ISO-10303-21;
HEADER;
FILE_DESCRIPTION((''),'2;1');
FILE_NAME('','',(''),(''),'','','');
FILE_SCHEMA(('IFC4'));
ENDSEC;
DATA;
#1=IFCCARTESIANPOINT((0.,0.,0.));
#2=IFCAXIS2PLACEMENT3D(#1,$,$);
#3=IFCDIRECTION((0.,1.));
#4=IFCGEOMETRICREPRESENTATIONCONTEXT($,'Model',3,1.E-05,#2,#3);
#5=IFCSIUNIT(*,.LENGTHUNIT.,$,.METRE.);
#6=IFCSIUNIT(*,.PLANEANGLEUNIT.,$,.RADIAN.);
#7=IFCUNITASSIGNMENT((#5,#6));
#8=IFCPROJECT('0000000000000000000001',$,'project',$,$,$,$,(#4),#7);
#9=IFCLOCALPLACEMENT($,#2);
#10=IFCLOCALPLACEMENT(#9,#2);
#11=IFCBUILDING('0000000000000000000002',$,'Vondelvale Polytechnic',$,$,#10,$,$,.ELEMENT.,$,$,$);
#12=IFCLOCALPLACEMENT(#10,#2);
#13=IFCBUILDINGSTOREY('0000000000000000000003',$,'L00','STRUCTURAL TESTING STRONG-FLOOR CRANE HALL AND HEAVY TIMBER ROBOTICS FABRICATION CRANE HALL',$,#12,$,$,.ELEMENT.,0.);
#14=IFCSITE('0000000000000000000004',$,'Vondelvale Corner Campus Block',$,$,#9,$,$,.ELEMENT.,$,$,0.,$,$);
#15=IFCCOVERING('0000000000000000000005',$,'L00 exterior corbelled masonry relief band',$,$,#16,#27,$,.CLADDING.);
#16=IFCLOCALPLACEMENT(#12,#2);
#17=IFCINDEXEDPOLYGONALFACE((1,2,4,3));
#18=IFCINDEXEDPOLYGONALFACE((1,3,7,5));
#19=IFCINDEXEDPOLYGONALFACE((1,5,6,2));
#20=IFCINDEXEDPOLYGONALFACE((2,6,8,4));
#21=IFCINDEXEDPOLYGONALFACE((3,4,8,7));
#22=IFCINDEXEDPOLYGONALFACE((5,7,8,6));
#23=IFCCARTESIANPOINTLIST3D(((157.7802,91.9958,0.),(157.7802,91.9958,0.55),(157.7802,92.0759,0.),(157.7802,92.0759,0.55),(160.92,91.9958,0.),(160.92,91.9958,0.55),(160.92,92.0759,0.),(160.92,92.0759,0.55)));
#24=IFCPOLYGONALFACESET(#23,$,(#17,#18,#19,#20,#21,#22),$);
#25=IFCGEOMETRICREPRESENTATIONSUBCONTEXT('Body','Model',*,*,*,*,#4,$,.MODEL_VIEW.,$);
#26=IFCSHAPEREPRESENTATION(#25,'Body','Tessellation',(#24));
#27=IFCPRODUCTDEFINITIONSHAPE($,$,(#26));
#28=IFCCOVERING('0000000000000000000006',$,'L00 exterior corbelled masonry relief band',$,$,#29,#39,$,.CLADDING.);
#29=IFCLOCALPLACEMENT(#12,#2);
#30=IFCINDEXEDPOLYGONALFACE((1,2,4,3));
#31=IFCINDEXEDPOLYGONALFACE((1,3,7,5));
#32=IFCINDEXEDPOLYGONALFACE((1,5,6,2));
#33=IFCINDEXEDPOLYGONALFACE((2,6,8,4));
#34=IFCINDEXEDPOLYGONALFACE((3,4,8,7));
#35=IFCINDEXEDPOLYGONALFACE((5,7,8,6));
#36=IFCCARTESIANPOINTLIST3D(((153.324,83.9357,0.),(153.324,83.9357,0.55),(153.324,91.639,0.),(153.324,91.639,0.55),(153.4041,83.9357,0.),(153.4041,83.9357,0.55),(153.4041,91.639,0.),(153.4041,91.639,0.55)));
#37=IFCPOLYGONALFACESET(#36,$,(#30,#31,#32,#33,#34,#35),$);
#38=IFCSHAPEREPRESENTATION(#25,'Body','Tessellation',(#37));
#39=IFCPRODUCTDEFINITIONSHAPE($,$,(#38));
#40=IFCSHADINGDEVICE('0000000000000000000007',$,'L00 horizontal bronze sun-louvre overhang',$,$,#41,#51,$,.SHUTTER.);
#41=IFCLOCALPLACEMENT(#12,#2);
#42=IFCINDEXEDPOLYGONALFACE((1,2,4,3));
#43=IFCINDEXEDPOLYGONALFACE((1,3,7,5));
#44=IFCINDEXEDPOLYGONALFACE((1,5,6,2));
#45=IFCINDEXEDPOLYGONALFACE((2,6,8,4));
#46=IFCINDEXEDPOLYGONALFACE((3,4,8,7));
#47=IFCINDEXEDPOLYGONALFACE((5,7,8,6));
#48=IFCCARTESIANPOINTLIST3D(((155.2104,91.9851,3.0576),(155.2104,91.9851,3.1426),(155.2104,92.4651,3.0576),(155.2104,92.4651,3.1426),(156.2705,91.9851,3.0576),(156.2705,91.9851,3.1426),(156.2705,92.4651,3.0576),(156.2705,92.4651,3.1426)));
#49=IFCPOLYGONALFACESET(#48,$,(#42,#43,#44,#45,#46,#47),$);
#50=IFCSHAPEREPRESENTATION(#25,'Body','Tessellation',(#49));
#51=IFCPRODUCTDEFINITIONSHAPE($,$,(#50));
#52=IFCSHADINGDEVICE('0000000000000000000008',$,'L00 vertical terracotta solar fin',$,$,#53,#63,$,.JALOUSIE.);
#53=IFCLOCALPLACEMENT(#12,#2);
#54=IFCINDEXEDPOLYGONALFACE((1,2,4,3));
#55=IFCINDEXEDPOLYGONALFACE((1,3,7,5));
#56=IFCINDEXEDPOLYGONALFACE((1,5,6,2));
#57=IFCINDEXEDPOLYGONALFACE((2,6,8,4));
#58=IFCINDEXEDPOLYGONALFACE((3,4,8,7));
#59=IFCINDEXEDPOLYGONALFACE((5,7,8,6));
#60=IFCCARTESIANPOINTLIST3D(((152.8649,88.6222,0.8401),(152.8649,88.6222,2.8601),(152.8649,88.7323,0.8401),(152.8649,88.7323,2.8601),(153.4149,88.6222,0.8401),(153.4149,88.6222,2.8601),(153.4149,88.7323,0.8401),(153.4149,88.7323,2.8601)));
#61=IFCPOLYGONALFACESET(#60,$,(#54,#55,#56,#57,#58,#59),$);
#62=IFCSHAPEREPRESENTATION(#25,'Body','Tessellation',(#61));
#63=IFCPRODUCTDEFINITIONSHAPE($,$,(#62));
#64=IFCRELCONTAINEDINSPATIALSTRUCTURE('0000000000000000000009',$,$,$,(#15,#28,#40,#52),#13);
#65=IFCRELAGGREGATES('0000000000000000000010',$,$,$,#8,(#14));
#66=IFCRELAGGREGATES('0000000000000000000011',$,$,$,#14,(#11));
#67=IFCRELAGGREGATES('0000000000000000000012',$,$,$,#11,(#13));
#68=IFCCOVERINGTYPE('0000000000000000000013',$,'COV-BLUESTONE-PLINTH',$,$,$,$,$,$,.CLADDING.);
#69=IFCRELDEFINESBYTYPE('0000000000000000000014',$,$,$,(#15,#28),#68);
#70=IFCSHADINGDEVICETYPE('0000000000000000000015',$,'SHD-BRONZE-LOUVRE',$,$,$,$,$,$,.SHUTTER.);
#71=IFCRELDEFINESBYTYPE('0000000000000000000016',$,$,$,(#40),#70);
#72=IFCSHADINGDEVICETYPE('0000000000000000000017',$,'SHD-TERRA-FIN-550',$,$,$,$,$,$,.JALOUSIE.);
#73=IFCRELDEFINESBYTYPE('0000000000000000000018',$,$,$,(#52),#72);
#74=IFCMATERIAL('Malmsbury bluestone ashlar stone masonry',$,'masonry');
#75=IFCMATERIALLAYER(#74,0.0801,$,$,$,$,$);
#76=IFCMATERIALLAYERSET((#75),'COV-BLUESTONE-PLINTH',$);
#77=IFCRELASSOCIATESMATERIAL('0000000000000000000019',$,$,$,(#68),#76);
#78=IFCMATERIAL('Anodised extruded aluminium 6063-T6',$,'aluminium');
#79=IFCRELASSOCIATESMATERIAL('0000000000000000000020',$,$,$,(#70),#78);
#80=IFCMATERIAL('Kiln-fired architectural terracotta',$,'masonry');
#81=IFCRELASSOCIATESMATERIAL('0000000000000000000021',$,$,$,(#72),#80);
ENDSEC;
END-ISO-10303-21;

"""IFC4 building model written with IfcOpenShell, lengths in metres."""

from ifc_helpers import new_model, si_unit, direction, frame, origin, origin_2d, place, context, subcontext, project, spatial, rectangle, extrude, material, layer, layer_set, type_object, element, save


model = new_model("IFC4")

# Units and contexts
model_context = context("Model", 3, precision=1e-05, world=origin(), true_north=direction((0.0, 1.0)))
body_context = subcontext(model_context, "Body", "Model", "MODEL_VIEW")
ifc_project = project(units=[si_unit("LENGTHUNIT", "METRE"), si_unit("PLANEANGLEUNIT", "RADIAN")], contexts=[model_context])

# Site, building, storey
site_placement = place(None, origin())
site = spatial("IfcSite", under=ifc_project, at=site_placement, Name="Vondelvale Corner Campus Block", CompositionType="ELEMENT", RefElevation=0.0)
building_placement = place(site_placement, origin())
building = spatial("IfcBuilding", under=site, at=building_placement, Name="Vondelvale Polytechnic", CompositionType="ELEMENT")
storey_placement = place(building_placement, origin())
storey = spatial("IfcBuildingStorey", under=building, at=storey_placement, Name="L00", Description="STRUCTURAL TESTING STRONG-FLOOR CRANE HALL AND HEAVY TIMBER ROBOTICS FABRICATION CRANE HALL", CompositionType="ELEMENT", Elevation=0.0)

# Shared definitions
ifc_material_1 = material(Name="Anodised extruded aluminium 6063-T6", Category="aluminium")
ifc_material_2 = material(Name="Kiln-fired architectural terracotta", Category="masonry")

# Shared definitions
ifc_material_3 = material(Name="Malmsbury bluestone ashlar stone masonry", Category="masonry")

# Coverings
ifc_layer_1 = layer(ifc_material_3, 0.0801)
ifc_layer_set_1 = layer_set([ifc_layer_1], Name="COV-BLUESTONE-PLINTH")
covering_type = type_object("IfcCoveringType", Name="COV-BLUESTONE-PLINTH", PredefinedType="CLADDING", material=ifc_layer_set_1)
covering_1_placement = place(storey_placement, frame((159.3501, 92.0359, 0.0), z_axis=(0.0, 0.0, 1.0), x_axis=(1.0, 0.0, 0.0)))
element("IfcCovering", 1, at=covering_1_placement, inside=storey, type_object=covering_type, Name="L00 exterior corbelled masonry relief band", PredefinedType="CLADDING", context=body_context, shape_type="SweptSolid", body=[
    extrude(rectangle(XDim=3.1399, YDim=0.0801, at=origin_2d()), origin(), (0.0, 0.0, 1.0), 0.55),
])
covering_2_placement = place(storey_placement, frame((153.364, 87.7874, 0.0), z_axis=(0.0, 0.0, 1.0), x_axis=(0.0, 1.0, 0.0)))
element("IfcCovering", 2, at=covering_2_placement, inside=storey, type_object=covering_type, Name="L00 exterior corbelled masonry relief band", PredefinedType="CLADDING", context=body_context, shape_type="SweptSolid", body=[
    extrude(rectangle(XDim=7.7034, YDim=0.0801, at=origin_2d()), origin(), (0.0, 0.0, 1.0), 0.55),
])

# Shading devices
shading_device_type_1 = type_object("IfcShadingDeviceType", Name="SHD-BRONZE-LOUVRE", PredefinedType="SHUTTER", material=ifc_material_1)
shading_device_1_placement = place(storey_placement, frame((155.7405, 92.2251, 3.0576), z_axis=(0.0, 0.0, 1.0), x_axis=(1.0, 0.0, 0.0)))
element("IfcShadingDevice", 3, at=shading_device_1_placement, inside=storey, type_object=shading_device_type_1, Name="L00 horizontal bronze sun-louvre overhang", PredefinedType="SHUTTER", context=body_context, shape_type="SweptSolid", body=[
    extrude(rectangle(XDim=1.0601, YDim=0.48, at=origin_2d()), origin(), (0.0, 0.0, 1.0), 0.085),
])
shading_device_type_2 = type_object("IfcShadingDeviceType", Name="SHD-TERRA-FIN-550", PredefinedType="JALOUSIE", material=ifc_material_2)
shading_device_2_placement = place(storey_placement, frame((153.1399, 88.6772, 0.8401), z_axis=(0.0, 0.0, 1.0), x_axis=(0.0, 1.0, 0.0)))
element("IfcShadingDevice", 4, at=shading_device_2_placement, inside=storey, type_object=shading_device_type_2, Name="L00 vertical terracotta solar fin", PredefinedType="JALOUSIE", context=body_context, shape_type="SweptSolid", body=[
    extrude(rectangle(XDim=0.1101, YDim=0.55, at=origin_2d()), origin(), (0.0, 0.0, 1.0), 2.02),
])

save(model, "model.ifc")
